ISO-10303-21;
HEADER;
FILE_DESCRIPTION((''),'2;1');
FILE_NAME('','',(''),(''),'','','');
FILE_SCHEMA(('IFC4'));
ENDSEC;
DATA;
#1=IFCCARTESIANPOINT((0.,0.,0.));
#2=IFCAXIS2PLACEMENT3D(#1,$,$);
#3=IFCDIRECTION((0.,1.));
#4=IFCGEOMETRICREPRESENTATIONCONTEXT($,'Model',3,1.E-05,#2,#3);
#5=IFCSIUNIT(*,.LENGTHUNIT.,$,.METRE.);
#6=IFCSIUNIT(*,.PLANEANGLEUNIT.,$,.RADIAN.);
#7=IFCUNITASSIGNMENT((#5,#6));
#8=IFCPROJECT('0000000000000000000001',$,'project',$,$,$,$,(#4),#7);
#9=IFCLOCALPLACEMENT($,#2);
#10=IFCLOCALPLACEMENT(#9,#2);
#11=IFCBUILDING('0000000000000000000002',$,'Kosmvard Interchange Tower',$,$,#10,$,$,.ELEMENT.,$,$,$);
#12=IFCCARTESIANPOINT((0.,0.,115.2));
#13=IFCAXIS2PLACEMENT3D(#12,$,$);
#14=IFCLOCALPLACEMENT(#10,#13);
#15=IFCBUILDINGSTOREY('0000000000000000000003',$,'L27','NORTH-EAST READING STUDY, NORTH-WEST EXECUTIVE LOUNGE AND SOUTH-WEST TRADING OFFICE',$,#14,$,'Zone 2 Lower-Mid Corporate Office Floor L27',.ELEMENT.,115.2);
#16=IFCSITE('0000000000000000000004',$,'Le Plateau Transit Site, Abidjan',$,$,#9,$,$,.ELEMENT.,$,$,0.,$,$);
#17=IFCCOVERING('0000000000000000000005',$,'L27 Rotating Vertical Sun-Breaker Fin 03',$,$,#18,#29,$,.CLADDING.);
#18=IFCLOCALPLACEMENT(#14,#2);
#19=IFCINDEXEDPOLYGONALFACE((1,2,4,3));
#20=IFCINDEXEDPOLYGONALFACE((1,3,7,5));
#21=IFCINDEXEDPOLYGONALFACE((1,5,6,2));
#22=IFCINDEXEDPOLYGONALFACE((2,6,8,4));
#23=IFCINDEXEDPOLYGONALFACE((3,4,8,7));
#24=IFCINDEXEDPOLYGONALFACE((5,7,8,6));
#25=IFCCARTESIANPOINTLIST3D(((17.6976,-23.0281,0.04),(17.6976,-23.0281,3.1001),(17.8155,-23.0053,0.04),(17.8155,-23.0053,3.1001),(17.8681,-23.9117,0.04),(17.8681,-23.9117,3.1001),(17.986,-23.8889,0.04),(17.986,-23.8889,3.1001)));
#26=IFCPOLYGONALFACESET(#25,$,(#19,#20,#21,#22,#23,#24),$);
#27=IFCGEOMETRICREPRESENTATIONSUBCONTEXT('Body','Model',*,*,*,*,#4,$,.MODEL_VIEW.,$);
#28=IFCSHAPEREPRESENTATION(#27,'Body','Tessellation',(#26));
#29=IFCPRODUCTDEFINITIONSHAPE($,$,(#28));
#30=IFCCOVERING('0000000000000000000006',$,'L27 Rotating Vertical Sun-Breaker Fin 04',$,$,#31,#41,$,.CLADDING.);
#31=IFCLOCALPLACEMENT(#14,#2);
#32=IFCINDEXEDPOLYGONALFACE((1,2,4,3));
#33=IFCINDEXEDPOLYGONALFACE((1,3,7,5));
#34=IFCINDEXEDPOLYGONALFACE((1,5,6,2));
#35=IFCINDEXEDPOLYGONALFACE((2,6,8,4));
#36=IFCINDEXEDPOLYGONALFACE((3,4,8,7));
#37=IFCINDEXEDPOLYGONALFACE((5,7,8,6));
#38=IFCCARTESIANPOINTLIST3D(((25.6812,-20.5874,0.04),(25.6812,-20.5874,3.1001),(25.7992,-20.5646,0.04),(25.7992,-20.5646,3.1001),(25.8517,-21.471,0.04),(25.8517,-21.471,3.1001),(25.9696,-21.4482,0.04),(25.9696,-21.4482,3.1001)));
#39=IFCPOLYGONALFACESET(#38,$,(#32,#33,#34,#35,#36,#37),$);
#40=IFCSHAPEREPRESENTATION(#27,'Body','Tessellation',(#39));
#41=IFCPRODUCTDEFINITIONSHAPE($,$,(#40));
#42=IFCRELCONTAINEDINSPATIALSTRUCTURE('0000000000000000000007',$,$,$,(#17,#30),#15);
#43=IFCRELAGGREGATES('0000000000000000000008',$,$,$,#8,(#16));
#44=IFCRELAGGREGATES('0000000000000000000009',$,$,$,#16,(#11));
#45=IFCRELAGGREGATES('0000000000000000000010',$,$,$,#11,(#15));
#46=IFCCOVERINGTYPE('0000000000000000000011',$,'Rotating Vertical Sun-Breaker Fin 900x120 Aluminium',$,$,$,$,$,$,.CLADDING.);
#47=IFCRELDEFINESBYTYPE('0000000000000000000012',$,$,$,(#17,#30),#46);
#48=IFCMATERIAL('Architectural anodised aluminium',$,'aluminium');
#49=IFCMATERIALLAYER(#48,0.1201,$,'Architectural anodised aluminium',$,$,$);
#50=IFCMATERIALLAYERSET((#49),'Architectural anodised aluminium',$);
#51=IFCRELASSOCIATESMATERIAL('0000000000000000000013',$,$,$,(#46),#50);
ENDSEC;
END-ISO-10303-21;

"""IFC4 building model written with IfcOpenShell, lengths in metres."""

from ifc_helpers import new_model, si_unit, direction, frame, origin, origin_2d, place, context, subcontext, project, spatial, rectangle, extrude, source, transform, mapped, material, layer, layer_set, type_object, element, save


model = new_model("IFC4")

# Units and contexts
model_context = context("Model", 3, precision=1e-05, world=origin(), true_north=direction((0.0, 1.0)))
body_context = subcontext(model_context, "Body", "Model", "MODEL_VIEW")
ifc_project = project(units=[si_unit("LENGTHUNIT", "METRE"), si_unit("PLANEANGLEUNIT", "RADIAN")], contexts=[model_context])

# Site, building, storey
site_placement = place(None, origin())
site = spatial("IfcSite", under=ifc_project, at=site_placement, Name="Le Plateau Transit Site, Abidjan", CompositionType="ELEMENT", RefElevation=0.0)
building_placement = place(site_placement, origin())
building = spatial("IfcBuilding", under=site, at=building_placement, Name="Kosmvard Interchange Tower", CompositionType="ELEMENT")
storey_placement = place(building_placement, frame((0.0, 0.0, 115.2)))
storey = spatial("IfcBuildingStorey", under=building, at=storey_placement, Name="L27", Description="NORTH-EAST READING STUDY, NORTH-WEST EXECUTIVE LOUNGE AND SOUTH-WEST TRADING OFFICE", LongName="Zone 2 Lower-Mid Corporate Office Floor L27", CompositionType="ELEMENT", Elevation=115.2)

# Coverings
ifc_material_1 = material(Name="Architectural anodised aluminium", Category="aluminium")
ifc_layer_1 = layer(ifc_material_1, 0.1201, Name="Architectural anodised aluminium")
ifc_layer_set_1 = layer_set([ifc_layer_1], Name="Architectural anodised aluminium")
covering_type = type_object("IfcCoveringType", Name="Rotating Vertical Sun-Breaker Fin 900x120 Aluminium", PredefinedType="CLADDING", material=ifc_layer_set_1)
shared_shape_1 = source(origin(), body_context, "Body", "SweptSolid", [
    extrude(rectangle(XDim=0.8999, YDim=0.1201, at=origin_2d()), origin(), (0.0, 0.0, 1.0), 3.0601),
])
for number, where, z_axis, x_axis, name in (
    (1, (17.8418, -23.4585, 0.04), (0.0, 0.0, 1.0), (0.189438, -0.981893, 0.0), "L27 Rotating Vertical Sun-Breaker Fin 03"),
    (2, (25.8254, -21.0178, 0.04), (0.0, 0.0, 1.0), (0.189438, -0.981893, 0.0), "L27 Rotating Vertical Sun-Breaker Fin 04"),
):
    element("IfcCovering", number, at=place(storey_placement, frame(where, z_axis=z_axis, x_axis=x_axis)), inside=storey, type_object=covering_type, Name=name, PredefinedType="CLADDING", context=body_context, shape_type="MappedRepresentation", body=[
        mapped(shared_shape_1, transform((0.0, 0.0, 0.0), scale=1.0)),
    ])

save(model, "model.ifc")
